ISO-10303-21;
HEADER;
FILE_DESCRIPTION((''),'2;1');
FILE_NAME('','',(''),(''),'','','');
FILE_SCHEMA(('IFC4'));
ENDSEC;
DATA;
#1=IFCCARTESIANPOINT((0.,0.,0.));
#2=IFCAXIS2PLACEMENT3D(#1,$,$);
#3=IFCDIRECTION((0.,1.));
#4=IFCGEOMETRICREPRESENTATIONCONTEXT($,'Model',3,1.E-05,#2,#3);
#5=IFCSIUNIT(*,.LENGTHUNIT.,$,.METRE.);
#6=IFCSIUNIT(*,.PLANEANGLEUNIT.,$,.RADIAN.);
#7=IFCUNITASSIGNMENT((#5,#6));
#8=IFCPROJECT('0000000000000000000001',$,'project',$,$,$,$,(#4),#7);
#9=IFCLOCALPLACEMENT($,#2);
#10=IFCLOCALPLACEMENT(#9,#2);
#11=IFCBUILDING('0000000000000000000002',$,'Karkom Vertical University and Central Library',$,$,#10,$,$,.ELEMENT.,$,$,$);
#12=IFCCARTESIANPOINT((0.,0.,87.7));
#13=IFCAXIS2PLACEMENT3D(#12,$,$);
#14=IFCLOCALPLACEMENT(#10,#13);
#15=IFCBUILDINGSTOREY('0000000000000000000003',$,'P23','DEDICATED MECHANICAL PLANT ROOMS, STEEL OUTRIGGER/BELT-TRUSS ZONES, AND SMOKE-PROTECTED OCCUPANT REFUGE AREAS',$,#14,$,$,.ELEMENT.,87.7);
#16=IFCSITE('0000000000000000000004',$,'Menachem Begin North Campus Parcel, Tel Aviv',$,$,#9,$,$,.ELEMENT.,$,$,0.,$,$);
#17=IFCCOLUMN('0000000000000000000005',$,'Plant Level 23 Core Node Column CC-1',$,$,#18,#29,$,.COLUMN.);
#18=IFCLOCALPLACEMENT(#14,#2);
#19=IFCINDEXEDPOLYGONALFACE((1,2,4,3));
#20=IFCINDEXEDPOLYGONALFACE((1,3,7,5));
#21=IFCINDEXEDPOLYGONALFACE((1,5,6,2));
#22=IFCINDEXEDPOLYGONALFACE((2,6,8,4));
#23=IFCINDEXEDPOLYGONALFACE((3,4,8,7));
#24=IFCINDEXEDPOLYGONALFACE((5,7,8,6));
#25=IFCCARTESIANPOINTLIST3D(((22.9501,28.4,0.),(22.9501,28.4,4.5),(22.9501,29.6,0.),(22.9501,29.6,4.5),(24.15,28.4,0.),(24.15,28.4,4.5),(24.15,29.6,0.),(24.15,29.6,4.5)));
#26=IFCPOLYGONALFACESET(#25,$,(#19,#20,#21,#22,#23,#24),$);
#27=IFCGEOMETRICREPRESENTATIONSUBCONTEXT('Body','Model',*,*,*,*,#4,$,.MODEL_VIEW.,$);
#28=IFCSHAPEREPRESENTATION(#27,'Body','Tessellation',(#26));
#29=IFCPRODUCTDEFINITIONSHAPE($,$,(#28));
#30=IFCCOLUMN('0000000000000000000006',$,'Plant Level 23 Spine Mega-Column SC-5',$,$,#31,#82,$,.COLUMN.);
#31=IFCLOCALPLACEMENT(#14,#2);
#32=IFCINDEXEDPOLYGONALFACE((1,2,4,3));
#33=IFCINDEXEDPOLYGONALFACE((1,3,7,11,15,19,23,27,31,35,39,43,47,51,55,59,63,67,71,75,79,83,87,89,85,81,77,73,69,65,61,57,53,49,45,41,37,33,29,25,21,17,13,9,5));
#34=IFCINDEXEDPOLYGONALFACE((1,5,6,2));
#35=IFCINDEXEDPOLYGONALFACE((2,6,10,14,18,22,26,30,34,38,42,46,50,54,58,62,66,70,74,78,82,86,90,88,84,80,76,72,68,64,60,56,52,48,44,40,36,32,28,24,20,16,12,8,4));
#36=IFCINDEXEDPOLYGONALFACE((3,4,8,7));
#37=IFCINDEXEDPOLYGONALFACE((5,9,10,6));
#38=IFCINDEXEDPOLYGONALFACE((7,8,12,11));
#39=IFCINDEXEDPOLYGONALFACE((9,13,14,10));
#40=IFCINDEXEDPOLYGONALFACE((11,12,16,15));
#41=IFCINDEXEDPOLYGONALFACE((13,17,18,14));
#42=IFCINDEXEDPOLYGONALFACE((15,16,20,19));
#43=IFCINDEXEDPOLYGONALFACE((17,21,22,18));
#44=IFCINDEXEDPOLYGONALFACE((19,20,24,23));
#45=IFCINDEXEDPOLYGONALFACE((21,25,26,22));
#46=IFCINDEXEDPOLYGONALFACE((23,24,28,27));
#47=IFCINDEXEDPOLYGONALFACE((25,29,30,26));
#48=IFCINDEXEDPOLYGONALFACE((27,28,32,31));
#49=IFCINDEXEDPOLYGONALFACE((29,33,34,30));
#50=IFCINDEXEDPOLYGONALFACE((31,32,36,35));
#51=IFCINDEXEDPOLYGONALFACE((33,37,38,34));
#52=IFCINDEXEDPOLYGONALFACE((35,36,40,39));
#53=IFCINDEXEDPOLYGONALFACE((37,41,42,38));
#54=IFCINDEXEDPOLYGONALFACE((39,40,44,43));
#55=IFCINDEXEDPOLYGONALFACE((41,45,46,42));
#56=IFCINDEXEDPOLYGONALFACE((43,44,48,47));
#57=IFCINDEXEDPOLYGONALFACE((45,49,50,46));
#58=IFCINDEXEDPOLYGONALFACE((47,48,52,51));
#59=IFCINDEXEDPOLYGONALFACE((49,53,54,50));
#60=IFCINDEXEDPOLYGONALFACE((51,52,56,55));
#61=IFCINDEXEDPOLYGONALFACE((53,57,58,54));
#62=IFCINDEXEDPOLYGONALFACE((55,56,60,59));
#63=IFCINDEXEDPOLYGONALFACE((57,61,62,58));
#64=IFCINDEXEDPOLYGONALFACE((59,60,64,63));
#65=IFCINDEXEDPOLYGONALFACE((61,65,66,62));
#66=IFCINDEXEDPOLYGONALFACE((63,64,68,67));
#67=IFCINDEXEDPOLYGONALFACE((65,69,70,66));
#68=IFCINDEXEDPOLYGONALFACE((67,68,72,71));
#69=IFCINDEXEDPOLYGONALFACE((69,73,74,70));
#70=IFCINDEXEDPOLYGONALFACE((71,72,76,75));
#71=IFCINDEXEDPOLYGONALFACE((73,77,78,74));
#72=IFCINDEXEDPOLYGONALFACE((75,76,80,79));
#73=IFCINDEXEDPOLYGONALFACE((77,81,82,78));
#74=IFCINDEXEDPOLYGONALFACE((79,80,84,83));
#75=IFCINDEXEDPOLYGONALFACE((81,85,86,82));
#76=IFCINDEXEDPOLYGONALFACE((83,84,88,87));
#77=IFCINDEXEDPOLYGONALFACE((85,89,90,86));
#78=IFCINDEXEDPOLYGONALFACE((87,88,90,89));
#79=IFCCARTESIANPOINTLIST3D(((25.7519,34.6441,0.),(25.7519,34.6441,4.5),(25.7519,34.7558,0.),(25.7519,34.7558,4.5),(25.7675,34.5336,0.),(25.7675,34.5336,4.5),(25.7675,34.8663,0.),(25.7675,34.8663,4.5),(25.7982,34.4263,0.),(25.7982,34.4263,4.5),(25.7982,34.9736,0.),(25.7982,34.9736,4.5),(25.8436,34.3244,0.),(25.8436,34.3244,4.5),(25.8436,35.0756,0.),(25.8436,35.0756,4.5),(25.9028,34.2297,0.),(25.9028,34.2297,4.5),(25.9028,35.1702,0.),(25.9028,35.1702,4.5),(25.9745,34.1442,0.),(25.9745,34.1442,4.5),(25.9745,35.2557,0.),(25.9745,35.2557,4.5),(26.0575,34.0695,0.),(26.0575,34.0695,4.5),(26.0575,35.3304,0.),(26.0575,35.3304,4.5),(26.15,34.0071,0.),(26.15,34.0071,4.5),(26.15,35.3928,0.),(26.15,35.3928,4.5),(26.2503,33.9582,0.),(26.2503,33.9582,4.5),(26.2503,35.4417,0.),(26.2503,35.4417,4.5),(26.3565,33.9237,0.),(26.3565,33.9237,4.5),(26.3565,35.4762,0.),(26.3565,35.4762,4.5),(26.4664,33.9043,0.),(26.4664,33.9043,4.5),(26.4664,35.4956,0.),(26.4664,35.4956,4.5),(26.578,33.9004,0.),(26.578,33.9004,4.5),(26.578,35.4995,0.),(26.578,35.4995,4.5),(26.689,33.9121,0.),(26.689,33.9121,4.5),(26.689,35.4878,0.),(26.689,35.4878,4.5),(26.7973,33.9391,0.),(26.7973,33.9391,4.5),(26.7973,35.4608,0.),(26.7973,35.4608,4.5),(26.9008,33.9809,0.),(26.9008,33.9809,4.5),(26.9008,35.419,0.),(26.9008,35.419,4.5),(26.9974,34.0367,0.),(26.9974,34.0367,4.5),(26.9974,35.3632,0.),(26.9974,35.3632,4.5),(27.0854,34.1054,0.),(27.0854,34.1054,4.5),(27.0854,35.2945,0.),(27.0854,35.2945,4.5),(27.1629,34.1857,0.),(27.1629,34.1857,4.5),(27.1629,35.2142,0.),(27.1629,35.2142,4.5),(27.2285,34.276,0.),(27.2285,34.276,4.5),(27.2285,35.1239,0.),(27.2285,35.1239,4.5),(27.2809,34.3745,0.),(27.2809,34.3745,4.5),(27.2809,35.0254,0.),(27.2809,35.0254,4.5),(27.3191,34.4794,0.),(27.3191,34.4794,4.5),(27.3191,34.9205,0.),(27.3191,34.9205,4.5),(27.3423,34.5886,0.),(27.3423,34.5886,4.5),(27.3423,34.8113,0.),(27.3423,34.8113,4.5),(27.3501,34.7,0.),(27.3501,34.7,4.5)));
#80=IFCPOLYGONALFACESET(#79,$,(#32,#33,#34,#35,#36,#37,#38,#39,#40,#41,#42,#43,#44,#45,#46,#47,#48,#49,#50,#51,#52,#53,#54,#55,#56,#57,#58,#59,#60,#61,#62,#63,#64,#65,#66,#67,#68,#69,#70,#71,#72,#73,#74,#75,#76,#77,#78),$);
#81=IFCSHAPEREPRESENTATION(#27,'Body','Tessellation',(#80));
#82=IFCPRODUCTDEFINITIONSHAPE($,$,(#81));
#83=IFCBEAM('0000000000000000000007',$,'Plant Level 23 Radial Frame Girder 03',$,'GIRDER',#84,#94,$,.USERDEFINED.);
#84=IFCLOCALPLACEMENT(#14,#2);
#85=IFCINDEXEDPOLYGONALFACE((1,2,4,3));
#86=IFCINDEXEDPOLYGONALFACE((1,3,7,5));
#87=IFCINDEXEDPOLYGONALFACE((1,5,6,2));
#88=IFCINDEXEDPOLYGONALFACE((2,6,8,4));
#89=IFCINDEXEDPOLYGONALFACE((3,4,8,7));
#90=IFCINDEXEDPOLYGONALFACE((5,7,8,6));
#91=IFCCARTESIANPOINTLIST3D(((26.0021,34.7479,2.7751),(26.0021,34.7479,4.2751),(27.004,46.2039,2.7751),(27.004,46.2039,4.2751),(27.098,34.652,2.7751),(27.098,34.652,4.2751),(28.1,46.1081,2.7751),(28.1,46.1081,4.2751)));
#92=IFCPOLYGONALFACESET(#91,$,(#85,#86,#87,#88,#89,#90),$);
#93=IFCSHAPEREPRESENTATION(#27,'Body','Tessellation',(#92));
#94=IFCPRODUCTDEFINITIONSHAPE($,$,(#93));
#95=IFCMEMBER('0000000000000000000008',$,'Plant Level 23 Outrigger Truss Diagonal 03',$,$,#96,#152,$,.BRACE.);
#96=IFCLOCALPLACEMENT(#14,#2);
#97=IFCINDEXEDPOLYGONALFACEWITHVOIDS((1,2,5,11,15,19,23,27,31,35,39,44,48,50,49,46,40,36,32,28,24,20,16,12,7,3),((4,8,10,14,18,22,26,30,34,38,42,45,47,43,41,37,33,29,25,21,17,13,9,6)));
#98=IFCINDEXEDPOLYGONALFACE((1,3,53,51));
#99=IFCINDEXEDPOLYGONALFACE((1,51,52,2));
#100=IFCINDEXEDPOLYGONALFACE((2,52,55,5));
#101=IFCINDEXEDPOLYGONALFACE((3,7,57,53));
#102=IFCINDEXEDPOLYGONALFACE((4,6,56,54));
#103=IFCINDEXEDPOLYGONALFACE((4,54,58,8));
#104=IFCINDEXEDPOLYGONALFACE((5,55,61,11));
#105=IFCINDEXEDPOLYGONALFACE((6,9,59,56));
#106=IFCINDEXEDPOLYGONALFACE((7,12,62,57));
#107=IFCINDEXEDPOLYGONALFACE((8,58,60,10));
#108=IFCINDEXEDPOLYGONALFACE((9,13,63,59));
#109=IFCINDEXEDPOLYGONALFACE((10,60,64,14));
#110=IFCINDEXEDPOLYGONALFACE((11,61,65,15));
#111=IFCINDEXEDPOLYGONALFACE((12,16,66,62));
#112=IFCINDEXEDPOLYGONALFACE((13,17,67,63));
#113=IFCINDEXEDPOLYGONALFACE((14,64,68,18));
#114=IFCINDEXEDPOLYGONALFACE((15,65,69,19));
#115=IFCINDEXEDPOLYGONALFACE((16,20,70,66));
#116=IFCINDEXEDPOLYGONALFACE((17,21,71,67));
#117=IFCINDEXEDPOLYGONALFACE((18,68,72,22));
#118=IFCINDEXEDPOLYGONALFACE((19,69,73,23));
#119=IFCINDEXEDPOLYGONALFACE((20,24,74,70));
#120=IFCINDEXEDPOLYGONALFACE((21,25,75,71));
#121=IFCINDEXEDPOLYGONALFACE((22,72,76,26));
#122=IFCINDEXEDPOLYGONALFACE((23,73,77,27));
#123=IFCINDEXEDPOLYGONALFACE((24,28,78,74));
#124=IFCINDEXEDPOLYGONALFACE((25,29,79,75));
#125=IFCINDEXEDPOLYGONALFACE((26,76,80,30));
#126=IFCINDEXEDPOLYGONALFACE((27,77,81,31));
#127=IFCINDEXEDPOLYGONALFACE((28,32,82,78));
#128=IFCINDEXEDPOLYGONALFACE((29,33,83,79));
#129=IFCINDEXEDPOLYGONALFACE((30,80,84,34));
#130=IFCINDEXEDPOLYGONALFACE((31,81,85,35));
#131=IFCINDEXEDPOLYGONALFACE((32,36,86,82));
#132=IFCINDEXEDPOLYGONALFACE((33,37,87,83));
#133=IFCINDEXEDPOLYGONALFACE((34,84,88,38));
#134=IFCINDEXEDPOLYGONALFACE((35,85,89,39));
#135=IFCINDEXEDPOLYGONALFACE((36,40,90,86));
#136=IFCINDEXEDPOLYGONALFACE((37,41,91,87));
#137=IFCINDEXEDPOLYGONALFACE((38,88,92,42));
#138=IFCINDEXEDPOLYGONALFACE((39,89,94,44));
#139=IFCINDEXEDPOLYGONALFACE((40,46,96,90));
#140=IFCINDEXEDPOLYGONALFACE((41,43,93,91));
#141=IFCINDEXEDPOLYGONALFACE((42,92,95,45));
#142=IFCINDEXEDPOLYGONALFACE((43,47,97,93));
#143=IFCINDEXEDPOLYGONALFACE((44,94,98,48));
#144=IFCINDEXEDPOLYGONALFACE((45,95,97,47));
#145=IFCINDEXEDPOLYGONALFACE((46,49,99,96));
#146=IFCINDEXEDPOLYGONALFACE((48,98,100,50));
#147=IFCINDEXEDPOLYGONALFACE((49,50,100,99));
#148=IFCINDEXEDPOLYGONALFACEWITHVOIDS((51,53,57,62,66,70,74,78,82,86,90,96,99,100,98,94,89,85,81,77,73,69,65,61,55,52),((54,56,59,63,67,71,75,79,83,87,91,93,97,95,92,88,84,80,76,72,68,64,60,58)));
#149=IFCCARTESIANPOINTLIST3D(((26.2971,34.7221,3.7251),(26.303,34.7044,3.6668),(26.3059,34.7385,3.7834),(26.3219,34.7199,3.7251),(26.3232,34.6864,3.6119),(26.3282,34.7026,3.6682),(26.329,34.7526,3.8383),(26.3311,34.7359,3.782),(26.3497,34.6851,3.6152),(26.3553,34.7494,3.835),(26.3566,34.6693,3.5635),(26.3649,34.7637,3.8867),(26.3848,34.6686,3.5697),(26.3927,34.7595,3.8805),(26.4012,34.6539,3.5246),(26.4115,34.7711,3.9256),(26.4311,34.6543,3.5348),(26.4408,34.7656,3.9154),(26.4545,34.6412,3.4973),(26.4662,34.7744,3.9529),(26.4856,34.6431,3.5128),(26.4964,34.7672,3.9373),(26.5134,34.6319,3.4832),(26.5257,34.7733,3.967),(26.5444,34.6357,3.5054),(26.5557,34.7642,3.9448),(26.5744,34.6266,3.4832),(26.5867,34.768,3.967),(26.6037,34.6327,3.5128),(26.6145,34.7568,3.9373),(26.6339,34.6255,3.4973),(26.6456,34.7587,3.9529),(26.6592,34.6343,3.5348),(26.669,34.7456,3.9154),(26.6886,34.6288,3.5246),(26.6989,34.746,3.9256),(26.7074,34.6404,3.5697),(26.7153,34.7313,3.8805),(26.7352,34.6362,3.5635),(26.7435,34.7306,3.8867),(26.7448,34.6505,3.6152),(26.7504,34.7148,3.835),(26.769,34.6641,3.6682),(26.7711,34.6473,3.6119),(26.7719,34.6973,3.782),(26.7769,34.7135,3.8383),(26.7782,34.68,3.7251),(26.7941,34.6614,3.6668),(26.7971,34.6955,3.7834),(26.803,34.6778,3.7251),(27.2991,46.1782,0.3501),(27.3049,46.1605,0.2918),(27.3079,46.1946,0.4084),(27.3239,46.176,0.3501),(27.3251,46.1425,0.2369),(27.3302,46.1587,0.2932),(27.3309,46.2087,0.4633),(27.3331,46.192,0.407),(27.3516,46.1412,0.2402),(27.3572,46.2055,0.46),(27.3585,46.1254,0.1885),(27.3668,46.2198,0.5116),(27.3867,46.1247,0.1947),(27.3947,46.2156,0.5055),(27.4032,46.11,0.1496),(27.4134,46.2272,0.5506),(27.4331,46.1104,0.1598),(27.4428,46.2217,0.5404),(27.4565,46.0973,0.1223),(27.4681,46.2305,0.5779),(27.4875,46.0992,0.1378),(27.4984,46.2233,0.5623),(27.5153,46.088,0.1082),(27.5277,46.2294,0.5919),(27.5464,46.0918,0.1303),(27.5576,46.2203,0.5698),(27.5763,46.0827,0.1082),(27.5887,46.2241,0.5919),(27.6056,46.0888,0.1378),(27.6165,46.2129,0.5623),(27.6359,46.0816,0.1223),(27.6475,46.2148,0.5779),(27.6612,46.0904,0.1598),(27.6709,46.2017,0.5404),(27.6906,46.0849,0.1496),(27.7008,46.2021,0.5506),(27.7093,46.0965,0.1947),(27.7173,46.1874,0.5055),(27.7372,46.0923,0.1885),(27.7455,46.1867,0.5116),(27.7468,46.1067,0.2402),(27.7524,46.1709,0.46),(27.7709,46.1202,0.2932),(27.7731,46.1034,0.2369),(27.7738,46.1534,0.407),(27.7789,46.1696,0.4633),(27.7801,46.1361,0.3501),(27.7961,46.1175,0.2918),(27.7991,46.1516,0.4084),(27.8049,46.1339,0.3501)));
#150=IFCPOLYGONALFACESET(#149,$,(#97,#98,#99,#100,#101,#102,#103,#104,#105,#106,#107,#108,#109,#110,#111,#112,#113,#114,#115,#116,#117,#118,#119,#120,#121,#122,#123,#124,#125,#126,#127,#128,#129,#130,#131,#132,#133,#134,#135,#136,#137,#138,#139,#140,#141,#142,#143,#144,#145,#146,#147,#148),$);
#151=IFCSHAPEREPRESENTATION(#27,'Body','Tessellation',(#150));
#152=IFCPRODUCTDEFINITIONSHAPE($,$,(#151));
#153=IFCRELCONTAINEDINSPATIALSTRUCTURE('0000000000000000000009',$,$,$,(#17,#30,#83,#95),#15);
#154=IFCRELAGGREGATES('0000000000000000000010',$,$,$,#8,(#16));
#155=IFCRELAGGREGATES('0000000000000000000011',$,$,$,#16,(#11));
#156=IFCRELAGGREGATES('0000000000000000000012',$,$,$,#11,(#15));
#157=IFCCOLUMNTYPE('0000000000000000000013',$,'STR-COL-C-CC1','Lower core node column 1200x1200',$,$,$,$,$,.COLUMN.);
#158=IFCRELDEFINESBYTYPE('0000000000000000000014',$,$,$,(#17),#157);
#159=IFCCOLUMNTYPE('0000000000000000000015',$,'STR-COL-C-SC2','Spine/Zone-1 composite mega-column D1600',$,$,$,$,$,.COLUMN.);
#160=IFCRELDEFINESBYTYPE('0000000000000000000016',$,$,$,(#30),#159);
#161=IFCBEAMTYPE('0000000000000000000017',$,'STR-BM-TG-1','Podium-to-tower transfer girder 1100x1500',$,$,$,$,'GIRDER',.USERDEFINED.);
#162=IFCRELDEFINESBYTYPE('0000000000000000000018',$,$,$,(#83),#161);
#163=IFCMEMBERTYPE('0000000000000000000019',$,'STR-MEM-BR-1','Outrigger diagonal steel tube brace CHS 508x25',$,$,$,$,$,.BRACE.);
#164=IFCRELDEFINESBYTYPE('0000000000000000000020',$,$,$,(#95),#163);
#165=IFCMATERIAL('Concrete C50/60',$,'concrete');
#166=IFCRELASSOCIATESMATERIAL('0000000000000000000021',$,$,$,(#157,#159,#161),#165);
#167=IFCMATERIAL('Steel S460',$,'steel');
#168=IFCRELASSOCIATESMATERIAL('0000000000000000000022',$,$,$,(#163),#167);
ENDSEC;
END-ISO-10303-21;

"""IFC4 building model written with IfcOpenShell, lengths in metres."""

from ifc_helpers import new_model, si_unit, direction, frame, origin, origin_with_axes, origin_2d, place, context, subcontext, project, spatial, rectangle, circle, hollow_circle, extrude, source, transform, mapped, material, material_profile, profile_set, type_object, element, save


model = new_model("IFC4")

# Units and contexts
model_context = context("Model", 3, precision=1e-05, world=origin(), true_north=direction((0.0, 1.0)))
body_context = subcontext(model_context, "Body", "Model", "MODEL_VIEW")
ifc_project = project(units=[si_unit("LENGTHUNIT", "METRE"), si_unit("PLANEANGLEUNIT", "RADIAN")], contexts=[model_context])

# Site, building, storey
site_placement = place(None, origin())
site = spatial("IfcSite", under=ifc_project, at=site_placement, Name="Menachem Begin North Campus Parcel, Tel Aviv", CompositionType="ELEMENT", RefElevation=0.0)
building_placement = place(site_placement, origin())
building = spatial("IfcBuilding", under=site, at=building_placement, Name="Karkom Vertical University and Central Library", CompositionType="ELEMENT")
storey_placement = place(building_placement, frame((0.0, 0.0, 87.7)))
storey = spatial("IfcBuildingStorey", under=building, at=storey_placement, Name="P23", Description="DEDICATED MECHANICAL PLANT ROOMS, STEEL OUTRIGGER/BELT-TRUSS ZONES, AND SMOKE-PROTECTED OCCUPANT REFUGE AREAS", CompositionType="ELEMENT", Elevation=87.7)

# Columns
ifc_material_1 = material(Name="Concrete C50/60", Category="concrete")
ifc_material_profile_1 = material_profile(ifc_material_1, rectangle(XDim=1.2, YDim=1.2, at=origin_2d()), Name="RC-1200x1200")
ifc_profile_set_1 = profile_set([ifc_material_profile_1], Name="Concrete C50/60")
column_type_1 = type_object("IfcColumnType", Name="STR-COL-C-CC1", Description="Lower core node column 1200x1200", PredefinedType="COLUMN", material=ifc_profile_set_1)
shared_shape_1 = source(origin_with_axes(), body_context, "Body", "SweptSolid", [
    extrude(rectangle(XDim=1.2, YDim=1.2, at=origin_2d()), origin(), (0.0, 0.0, 1.0), 4.5),
])
column_1_placement = place(storey_placement, frame((23.55, 29.0, 0.0), z_axis=(0.0, 0.0, 1.0), x_axis=(1.0, 0.0, 0.0)))
element("IfcColumn", 1, at=column_1_placement, inside=storey, type_object=column_type_1, Name="Plant Level 23 Core Node Column CC-1", PredefinedType="COLUMN", context=body_context, shape_type="MappedRepresentation", body=[
    mapped(shared_shape_1, transform((0.0, 0.0, 0.0), scale=1.0)),
])
ifc_material_profile_2 = material_profile(ifc_material_1, circle(Radius=0.8, at=origin_2d()), Name="CFT-D1600")
ifc_profile_set_2 = profile_set([ifc_material_profile_2], Name="Concrete C50/60")
column_type_2 = type_object("IfcColumnType", Name="STR-COL-C-SC2", Description="Spine/Zone-1 composite mega-column D1600", PredefinedType="COLUMN", material=ifc_profile_set_2)
shared_shape_2 = source(origin_with_axes(), body_context, "Body", "SweptSolid", [
    extrude(circle(Radius=0.8, at=origin_2d()), origin(), (0.0, 0.0, 1.0), 4.5),
])
column_2_placement = place(storey_placement, frame((26.55, 34.7, 0.0), z_axis=(0.0, 0.0, 1.0), x_axis=(1.0, 0.0, 0.0)))
element("IfcColumn", 2, at=column_2_placement, inside=storey, type_object=column_type_2, Name="Plant Level 23 Spine Mega-Column SC-5", PredefinedType="COLUMN", context=body_context, shape_type="MappedRepresentation", body=[
    mapped(shared_shape_2, transform((0.0, 0.0, 0.0), scale=1.0)),
])

# Beam
ifc_material_profile_3 = material_profile(ifc_material_1, rectangle(XDim=1.1001, YDim=1.5, at=origin_2d()), Name="TG-1100x1500")
ifc_profile_set_3 = profile_set([ifc_material_profile_3], Name="Concrete C50/60")
beam_type = type_object("IfcBeamType", Name="STR-BM-TG-1", Description="Podium-to-tower transfer girder 1100x1500", ElementType="GIRDER", PredefinedType="USERDEFINED", material=ifc_profile_set_3)
shared_shape_3 = source(origin_with_axes(), body_context, "Body", "SweptSolid", [
    extrude(rectangle(XDim=1.1001, YDim=1.5, at=origin_2d()), origin(), (0.0, 0.0, 1.0), 11.4998),
])
beam_placement = place(storey_placement, frame((26.55, 34.7, 3.5251), z_axis=(0.087128, 0.996197, 0.0), x_axis=(-0.996197, 0.087128, 0.0)))
element("IfcBeam", 3, at=beam_placement, inside=storey, type_object=beam_type, Name="Plant Level 23 Radial Frame Girder 03", ObjectType="GIRDER", PredefinedType="USERDEFINED", context=body_context, shape_type="MappedRepresentation", body=[
    mapped(shared_shape_3, transform((0.0, 0.0, 0.0), scale=1.0)),
])

# Member
ifc_material_2 = material(Name="Steel S460", Category="steel")
ifc_material_profile_4 = material_profile(ifc_material_2, hollow_circle(Radius=0.2539, WallThickness=0.0249, at=origin_2d()), Name="CHS 508x25")
ifc_profile_set_4 = profile_set([ifc_material_profile_4], Name="Steel S460")
member_type = type_object("IfcMemberType", Name="STR-MEM-BR-1", Description="Outrigger diagonal steel tube brace CHS 508x25", PredefinedType="BRACE", material=ifc_profile_set_4)
shared_shape_4 = source(origin_with_axes(), body_context, "Body", "SweptSolid", [
    extrude(hollow_circle(Radius=0.2539, WallThickness=0.0249, at=origin_2d()), origin(), (0.0, 0.0, 1.0), 11.9849),
])
member_1_placement = place(storey_placement, frame((26.55, 34.7, 3.7251), z_axis=(0.083602, 0.955881, -0.281606), x_axis=(-0.996197, 0.087128, 0.0)))
element("IfcMember", 4, at=member_1_placement, inside=storey, type_object=member_type, Name="Plant Level 23 Outrigger Truss Diagonal 03", PredefinedType="BRACE", context=body_context, shape_type="MappedRepresentation", body=[
    mapped(shared_shape_4, transform((0.0, 0.0, 0.0), scale=1.0)),
])

save(model, "model.ifc")
